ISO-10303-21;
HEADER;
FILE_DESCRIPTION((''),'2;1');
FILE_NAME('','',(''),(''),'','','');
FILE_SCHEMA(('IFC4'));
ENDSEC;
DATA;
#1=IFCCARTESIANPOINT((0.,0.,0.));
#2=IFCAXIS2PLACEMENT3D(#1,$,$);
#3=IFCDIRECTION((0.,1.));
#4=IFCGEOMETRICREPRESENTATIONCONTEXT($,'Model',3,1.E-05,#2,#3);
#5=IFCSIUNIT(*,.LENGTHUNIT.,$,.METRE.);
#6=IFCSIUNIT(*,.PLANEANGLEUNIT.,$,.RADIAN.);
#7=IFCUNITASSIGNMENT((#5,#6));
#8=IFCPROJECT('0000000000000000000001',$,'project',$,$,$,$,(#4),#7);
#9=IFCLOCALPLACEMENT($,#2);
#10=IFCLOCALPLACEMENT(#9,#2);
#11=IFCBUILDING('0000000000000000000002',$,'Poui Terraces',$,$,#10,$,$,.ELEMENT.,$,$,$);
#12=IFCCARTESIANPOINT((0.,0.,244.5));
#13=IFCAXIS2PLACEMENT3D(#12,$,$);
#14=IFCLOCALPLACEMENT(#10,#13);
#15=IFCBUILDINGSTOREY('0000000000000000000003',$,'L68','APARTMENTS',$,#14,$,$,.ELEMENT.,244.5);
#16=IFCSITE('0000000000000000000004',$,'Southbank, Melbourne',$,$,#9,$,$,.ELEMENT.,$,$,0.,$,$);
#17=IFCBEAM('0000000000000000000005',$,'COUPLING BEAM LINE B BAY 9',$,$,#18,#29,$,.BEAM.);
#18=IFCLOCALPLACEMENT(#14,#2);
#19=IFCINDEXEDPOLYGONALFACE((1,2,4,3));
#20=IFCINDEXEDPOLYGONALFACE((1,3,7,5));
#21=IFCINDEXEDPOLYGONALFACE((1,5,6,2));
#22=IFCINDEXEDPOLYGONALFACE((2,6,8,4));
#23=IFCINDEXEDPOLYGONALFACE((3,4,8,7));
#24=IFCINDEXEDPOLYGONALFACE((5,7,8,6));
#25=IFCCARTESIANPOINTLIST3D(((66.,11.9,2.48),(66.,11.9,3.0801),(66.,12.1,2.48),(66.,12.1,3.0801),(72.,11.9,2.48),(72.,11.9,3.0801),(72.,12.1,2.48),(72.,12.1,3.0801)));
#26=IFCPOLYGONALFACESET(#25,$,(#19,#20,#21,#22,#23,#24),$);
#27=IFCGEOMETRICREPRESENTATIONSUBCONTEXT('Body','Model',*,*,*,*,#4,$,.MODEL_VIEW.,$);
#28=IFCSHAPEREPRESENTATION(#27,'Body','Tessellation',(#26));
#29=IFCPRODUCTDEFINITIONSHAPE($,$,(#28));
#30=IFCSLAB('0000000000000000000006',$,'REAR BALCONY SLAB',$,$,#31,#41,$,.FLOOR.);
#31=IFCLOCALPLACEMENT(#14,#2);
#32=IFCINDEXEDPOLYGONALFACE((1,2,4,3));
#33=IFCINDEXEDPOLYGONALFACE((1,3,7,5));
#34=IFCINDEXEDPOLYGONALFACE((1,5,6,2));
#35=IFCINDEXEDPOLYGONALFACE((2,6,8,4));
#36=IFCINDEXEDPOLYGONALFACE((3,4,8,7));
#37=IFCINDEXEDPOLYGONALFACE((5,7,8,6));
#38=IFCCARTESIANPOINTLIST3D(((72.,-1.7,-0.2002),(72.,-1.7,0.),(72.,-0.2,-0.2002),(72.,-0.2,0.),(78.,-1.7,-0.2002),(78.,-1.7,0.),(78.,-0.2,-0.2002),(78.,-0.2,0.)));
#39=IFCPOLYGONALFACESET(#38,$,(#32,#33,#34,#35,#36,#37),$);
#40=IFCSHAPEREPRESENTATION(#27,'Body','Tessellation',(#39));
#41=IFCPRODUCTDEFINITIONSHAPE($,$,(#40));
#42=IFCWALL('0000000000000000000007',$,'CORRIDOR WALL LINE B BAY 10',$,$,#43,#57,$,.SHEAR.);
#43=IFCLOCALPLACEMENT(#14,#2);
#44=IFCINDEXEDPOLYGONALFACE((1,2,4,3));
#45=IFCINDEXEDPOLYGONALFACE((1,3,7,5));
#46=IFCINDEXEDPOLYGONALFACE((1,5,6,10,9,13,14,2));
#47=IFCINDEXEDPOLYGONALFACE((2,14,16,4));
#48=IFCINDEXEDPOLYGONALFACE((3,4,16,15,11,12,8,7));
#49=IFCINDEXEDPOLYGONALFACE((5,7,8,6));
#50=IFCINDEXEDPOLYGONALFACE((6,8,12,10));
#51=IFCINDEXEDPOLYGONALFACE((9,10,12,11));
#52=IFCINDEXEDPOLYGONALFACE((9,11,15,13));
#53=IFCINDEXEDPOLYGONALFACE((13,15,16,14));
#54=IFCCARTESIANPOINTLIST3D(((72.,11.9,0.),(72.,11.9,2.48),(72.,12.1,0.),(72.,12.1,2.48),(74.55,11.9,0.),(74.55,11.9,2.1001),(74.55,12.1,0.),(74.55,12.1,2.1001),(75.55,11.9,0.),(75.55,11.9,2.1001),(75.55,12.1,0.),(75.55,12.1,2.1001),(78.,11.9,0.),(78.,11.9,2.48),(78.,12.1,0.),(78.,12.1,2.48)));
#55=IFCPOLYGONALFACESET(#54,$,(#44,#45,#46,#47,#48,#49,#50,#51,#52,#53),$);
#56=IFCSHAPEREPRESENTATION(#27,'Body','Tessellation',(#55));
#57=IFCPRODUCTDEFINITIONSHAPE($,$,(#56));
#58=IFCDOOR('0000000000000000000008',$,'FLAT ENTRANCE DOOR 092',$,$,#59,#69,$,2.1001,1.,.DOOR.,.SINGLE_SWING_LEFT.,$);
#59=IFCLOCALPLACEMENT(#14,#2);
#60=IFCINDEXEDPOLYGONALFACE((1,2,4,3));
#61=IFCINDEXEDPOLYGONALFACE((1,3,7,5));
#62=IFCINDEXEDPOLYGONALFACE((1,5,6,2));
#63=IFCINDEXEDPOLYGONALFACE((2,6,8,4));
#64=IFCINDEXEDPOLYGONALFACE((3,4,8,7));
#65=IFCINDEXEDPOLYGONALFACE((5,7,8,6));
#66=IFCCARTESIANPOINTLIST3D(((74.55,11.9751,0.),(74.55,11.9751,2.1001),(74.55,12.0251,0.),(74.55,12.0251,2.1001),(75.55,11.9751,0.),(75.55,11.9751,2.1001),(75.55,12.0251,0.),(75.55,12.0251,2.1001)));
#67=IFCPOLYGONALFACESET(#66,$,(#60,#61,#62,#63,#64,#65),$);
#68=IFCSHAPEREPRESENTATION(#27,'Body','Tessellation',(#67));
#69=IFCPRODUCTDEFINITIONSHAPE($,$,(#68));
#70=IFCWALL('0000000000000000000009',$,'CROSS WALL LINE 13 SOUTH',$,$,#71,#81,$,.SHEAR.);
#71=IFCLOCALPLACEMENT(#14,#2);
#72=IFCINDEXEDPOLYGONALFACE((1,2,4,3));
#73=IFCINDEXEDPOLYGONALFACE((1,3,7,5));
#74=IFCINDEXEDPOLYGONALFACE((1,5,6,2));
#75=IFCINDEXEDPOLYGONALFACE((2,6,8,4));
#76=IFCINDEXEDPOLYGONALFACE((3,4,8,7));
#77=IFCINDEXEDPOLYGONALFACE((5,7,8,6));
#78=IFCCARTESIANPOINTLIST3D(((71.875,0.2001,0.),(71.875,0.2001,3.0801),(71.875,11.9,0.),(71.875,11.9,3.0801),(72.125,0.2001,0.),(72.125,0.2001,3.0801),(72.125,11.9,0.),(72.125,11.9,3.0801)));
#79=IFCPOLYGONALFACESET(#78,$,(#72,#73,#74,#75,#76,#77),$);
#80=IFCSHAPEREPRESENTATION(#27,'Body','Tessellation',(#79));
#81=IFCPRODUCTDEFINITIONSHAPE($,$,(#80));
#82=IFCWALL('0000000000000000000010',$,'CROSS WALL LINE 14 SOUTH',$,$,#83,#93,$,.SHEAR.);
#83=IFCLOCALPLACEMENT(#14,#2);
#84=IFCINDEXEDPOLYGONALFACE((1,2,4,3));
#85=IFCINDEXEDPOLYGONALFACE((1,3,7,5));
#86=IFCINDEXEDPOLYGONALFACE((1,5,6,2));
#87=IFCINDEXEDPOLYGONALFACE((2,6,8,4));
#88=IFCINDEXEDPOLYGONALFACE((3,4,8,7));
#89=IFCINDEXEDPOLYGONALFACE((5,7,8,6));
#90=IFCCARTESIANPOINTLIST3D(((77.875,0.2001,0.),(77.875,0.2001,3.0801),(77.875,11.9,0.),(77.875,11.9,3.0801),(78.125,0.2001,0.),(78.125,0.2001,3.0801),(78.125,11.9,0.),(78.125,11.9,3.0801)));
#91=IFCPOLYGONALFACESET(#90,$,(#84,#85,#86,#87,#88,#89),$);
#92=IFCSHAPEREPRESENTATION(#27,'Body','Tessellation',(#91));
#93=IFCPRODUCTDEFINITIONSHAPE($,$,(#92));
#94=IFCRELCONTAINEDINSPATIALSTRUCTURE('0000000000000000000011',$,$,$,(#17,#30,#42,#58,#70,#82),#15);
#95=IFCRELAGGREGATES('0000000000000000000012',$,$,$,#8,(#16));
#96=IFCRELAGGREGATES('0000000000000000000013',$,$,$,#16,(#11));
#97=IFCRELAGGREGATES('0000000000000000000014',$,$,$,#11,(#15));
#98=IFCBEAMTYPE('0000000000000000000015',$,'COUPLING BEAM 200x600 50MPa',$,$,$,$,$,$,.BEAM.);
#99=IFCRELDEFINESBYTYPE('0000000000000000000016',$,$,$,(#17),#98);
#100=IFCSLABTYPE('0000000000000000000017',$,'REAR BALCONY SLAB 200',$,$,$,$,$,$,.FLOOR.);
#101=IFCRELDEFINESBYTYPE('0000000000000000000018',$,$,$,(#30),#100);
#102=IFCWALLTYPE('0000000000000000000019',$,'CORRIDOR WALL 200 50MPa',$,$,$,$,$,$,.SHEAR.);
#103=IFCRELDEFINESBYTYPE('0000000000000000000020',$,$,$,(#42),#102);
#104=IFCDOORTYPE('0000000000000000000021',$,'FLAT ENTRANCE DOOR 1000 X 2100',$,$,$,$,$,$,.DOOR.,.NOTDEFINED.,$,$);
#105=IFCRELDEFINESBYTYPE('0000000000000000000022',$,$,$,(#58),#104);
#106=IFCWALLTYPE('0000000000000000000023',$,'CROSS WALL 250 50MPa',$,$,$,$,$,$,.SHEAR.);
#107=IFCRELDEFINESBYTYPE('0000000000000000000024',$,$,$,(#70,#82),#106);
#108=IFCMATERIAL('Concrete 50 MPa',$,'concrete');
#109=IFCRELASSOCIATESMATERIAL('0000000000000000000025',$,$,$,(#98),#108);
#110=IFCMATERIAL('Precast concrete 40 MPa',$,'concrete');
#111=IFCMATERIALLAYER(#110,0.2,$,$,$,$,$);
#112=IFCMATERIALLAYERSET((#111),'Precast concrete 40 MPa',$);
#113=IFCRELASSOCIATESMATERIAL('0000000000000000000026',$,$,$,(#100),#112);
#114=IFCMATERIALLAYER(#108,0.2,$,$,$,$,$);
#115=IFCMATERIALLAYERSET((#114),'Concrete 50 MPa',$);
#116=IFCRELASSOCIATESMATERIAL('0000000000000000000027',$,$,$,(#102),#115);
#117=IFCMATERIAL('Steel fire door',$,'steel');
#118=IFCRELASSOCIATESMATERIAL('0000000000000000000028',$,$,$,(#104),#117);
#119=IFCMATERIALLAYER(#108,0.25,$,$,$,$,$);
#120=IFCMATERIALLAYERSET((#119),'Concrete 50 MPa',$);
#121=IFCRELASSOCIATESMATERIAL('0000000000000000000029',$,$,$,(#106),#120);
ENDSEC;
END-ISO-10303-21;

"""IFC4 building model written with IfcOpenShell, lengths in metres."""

from ifc_helpers import new_model, si_unit, direction, frame, frame_2d, origin, origin_2d, place, context, subcontext, project, spatial, polyline, rectangle, outline, extrude, source, transform, mapped, material, layer, layer_set, material_profile, profile_set, type_object, element, fill, save


model = new_model("IFC4")

# Units and contexts
model_context = context("Model", 3, precision=1e-05, world=origin(), true_north=direction((0.0, 1.0)))
body_context = subcontext(model_context, "Body", "Model", "MODEL_VIEW")
ifc_project = project(units=[si_unit("LENGTHUNIT", "METRE"), si_unit("PLANEANGLEUNIT", "RADIAN")], contexts=[model_context])

# Site, building, storey
site_placement = place(None, origin())
site = spatial("IfcSite", under=ifc_project, at=site_placement, Name="Southbank, Melbourne", CompositionType="ELEMENT", RefElevation=0.0)
building_placement = place(site_placement, origin())
building = spatial("IfcBuilding", under=site, at=building_placement, Name="Poui Terraces", CompositionType="ELEMENT")
storey_placement = place(building_placement, frame((0.0, 0.0, 244.5)))
storey = spatial("IfcBuildingStorey", under=building, at=storey_placement, Name="L68", Description="APARTMENTS", CompositionType="ELEMENT", Elevation=244.5)

# Beam
ifc_material_1 = material(Name="Concrete 50 MPa", Category="concrete")
ifc_material_profile_1 = material_profile(ifc_material_1, rectangle(XDim=0.2, YDim=0.6001, at=origin_2d()), Name="RC 200x600")
ifc_profile_set_1 = profile_set([ifc_material_profile_1], Name="Concrete 50 MPa")
beam_type = type_object("IfcBeamType", Name="COUPLING BEAM 200x600 50MPa", PredefinedType="BEAM", material=ifc_profile_set_1)
shared_shape_1 = source(origin(), body_context, "Body", "SweptSolid", [
    extrude(rectangle(XDim=0.2, YDim=0.6001, at=origin_2d()), origin(), (0.0, 0.0, 1.0), 6.0),
])
beam_placement = place(storey_placement, frame((66.0, 12.0, 2.78), z_axis=(1.0, 0.0, 0.0), x_axis=(0.0, 1.0, 0.0)))
element("IfcBeam", 1, at=beam_placement, inside=storey, type_object=beam_type, Name="COUPLING BEAM LINE B BAY 9", PredefinedType="BEAM", context=body_context, shape_type="MappedRepresentation", body=[
    mapped(shared_shape_1, transform((0.0, 0.0, 0.0))),
])

# Slab
ifc_material_2 = material(Name="Precast concrete 40 MPa", Category="concrete")
ifc_layer_1 = layer(ifc_material_2, 0.2)
ifc_layer_set_1 = layer_set([ifc_layer_1], Name="Precast concrete 40 MPa")
slab_type = type_object("IfcSlabType", Name="REAR BALCONY SLAB 200", PredefinedType="FLOOR", material=ifc_layer_set_1)
shared_shape_2 = source(origin(), body_context, "Body", "SweptSolid", [
    extrude(outline(polyline([(0.0, 0.0), (6.0, 0.0), (6.0, 1.5), (0.0, 1.5), (0.0, 0.0)])), origin(), (0.0, 0.0, 1.0), 0.2002),
])
slab_placement = place(storey_placement, frame((72.0, -1.7, -0.2002)))
element("IfcSlab", 2, at=slab_placement, inside=storey, type_object=slab_type, Name="REAR BALCONY SLAB", PredefinedType="FLOOR", context=body_context, shape_type="MappedRepresentation", body=[
    mapped(shared_shape_2, transform((0.0, 0.0, 0.0))),
])

# Wall, opening, door
ifc_layer_2 = layer(ifc_material_1, 0.2)
ifc_layer_set_2 = layer_set([ifc_layer_2], Name="Concrete 50 MPa")
wall_type_1 = type_object("IfcWallType", Name="CORRIDOR WALL 200 50MPa", PredefinedType="SHEAR", material=ifc_layer_set_2)
wall_1_placement = place(storey_placement, frame((72.0, 12.0, 0.0), z_axis=(0.0, 0.0, 1.0), x_axis=(1.0, 0.0, 0.0)))
wall_1 = element("IfcWall", 3, at=wall_1_placement, inside=storey, type_object=wall_type_1, Name="CORRIDOR WALL LINE B BAY 10", PredefinedType="SHEAR", context=body_context, shape_type="SweptSolid", body=[
    extrude(rectangle(XDim=6.0, YDim=0.2, at=frame_2d((3.0, 0.0))), origin(), (0.0, 0.0, 1.0), 2.48),
])
opening_1_placement = place(wall_1_placement, frame((2.55, 0.0, 0.0)))
opening_1 = element("IfcOpeningElement", 4, at=opening_1_placement, cuts=wall_1, PredefinedType="OPENING", context=body_context, shape_type="SweptSolid", body=[
    extrude(rectangle(XDim=1.0, YDim=2.1001, at=frame_2d((0.5, 1.05))), frame((0.0, 0.1099, 0.0), z_axis=(0.0, -1.0, 0.0), x_axis=(1.0, 0.0, 0.0)), (0.0, 0.0, 1.0), 0.22),
])
ifc_material_3 = material(Name="Steel fire door", Category="steel")
door_type_1 = type_object("IfcDoorType", Name="FLAT ENTRANCE DOOR 1000 X 2100", OperationType="NOTDEFINED", PredefinedType="DOOR", material=ifc_material_3)
door_1_placement = place(opening_1_placement, frame((1.0, 0.0, 0.0), z_axis=(0.0, 0.0, 1.0), x_axis=(-1.0, 0.0, 0.0)))
door_1 = element("IfcDoor", 5, at=door_1_placement, inside=storey, type_object=door_type_1, Name="FLAT ENTRANCE DOOR 092", OperationType="SINGLE_SWING_LEFT", OverallHeight=2.1001, OverallWidth=1.0, PredefinedType="DOOR", context=body_context, shape_type="SweptSolid", body=[
    extrude(rectangle(XDim=1.0, YDim=2.1001, at=frame_2d((0.5, 1.05))), frame((0.0, 0.0249, 0.0), z_axis=(0.0, -1.0, 0.0), x_axis=(1.0, 0.0, 0.0)), (0.0, 0.0, 1.0), 0.05),
])
fill(opening_1, door_1)

# Walls
ifc_layer_3 = layer(ifc_material_1, 0.25)
ifc_layer_set_3 = layer_set([ifc_layer_3], Name="Concrete 50 MPa")
wall_type_2 = type_object("IfcWallType", Name="CROSS WALL 250 50MPa", PredefinedType="SHEAR", material=ifc_layer_set_3)
for number, where, z_axis, x_axis, name in (
    (6, (72.0, 0.2, 0.0), (0.0, 0.0, 1.0), (0.0, 1.0, 0.0), "CROSS WALL LINE 13 SOUTH"),
    (7, (78.0, 0.2, 0.0), (0.0, 0.0, 1.0), (0.0, 1.0, 0.0), "CROSS WALL LINE 14 SOUTH"),
):
    element("IfcWall", number, at=place(storey_placement, frame(where, z_axis=z_axis, x_axis=x_axis)), inside=storey, type_object=wall_type_2, Name=name, PredefinedType="SHEAR", context=body_context, shape_type="SweptSolid", body=[
        extrude(rectangle(XDim=11.7, YDim=0.25, at=frame_2d((5.8501, 0.0))), origin(), (0.0, 0.0, 1.0), 3.0801),
    ])

save(model, "model.ifc")
